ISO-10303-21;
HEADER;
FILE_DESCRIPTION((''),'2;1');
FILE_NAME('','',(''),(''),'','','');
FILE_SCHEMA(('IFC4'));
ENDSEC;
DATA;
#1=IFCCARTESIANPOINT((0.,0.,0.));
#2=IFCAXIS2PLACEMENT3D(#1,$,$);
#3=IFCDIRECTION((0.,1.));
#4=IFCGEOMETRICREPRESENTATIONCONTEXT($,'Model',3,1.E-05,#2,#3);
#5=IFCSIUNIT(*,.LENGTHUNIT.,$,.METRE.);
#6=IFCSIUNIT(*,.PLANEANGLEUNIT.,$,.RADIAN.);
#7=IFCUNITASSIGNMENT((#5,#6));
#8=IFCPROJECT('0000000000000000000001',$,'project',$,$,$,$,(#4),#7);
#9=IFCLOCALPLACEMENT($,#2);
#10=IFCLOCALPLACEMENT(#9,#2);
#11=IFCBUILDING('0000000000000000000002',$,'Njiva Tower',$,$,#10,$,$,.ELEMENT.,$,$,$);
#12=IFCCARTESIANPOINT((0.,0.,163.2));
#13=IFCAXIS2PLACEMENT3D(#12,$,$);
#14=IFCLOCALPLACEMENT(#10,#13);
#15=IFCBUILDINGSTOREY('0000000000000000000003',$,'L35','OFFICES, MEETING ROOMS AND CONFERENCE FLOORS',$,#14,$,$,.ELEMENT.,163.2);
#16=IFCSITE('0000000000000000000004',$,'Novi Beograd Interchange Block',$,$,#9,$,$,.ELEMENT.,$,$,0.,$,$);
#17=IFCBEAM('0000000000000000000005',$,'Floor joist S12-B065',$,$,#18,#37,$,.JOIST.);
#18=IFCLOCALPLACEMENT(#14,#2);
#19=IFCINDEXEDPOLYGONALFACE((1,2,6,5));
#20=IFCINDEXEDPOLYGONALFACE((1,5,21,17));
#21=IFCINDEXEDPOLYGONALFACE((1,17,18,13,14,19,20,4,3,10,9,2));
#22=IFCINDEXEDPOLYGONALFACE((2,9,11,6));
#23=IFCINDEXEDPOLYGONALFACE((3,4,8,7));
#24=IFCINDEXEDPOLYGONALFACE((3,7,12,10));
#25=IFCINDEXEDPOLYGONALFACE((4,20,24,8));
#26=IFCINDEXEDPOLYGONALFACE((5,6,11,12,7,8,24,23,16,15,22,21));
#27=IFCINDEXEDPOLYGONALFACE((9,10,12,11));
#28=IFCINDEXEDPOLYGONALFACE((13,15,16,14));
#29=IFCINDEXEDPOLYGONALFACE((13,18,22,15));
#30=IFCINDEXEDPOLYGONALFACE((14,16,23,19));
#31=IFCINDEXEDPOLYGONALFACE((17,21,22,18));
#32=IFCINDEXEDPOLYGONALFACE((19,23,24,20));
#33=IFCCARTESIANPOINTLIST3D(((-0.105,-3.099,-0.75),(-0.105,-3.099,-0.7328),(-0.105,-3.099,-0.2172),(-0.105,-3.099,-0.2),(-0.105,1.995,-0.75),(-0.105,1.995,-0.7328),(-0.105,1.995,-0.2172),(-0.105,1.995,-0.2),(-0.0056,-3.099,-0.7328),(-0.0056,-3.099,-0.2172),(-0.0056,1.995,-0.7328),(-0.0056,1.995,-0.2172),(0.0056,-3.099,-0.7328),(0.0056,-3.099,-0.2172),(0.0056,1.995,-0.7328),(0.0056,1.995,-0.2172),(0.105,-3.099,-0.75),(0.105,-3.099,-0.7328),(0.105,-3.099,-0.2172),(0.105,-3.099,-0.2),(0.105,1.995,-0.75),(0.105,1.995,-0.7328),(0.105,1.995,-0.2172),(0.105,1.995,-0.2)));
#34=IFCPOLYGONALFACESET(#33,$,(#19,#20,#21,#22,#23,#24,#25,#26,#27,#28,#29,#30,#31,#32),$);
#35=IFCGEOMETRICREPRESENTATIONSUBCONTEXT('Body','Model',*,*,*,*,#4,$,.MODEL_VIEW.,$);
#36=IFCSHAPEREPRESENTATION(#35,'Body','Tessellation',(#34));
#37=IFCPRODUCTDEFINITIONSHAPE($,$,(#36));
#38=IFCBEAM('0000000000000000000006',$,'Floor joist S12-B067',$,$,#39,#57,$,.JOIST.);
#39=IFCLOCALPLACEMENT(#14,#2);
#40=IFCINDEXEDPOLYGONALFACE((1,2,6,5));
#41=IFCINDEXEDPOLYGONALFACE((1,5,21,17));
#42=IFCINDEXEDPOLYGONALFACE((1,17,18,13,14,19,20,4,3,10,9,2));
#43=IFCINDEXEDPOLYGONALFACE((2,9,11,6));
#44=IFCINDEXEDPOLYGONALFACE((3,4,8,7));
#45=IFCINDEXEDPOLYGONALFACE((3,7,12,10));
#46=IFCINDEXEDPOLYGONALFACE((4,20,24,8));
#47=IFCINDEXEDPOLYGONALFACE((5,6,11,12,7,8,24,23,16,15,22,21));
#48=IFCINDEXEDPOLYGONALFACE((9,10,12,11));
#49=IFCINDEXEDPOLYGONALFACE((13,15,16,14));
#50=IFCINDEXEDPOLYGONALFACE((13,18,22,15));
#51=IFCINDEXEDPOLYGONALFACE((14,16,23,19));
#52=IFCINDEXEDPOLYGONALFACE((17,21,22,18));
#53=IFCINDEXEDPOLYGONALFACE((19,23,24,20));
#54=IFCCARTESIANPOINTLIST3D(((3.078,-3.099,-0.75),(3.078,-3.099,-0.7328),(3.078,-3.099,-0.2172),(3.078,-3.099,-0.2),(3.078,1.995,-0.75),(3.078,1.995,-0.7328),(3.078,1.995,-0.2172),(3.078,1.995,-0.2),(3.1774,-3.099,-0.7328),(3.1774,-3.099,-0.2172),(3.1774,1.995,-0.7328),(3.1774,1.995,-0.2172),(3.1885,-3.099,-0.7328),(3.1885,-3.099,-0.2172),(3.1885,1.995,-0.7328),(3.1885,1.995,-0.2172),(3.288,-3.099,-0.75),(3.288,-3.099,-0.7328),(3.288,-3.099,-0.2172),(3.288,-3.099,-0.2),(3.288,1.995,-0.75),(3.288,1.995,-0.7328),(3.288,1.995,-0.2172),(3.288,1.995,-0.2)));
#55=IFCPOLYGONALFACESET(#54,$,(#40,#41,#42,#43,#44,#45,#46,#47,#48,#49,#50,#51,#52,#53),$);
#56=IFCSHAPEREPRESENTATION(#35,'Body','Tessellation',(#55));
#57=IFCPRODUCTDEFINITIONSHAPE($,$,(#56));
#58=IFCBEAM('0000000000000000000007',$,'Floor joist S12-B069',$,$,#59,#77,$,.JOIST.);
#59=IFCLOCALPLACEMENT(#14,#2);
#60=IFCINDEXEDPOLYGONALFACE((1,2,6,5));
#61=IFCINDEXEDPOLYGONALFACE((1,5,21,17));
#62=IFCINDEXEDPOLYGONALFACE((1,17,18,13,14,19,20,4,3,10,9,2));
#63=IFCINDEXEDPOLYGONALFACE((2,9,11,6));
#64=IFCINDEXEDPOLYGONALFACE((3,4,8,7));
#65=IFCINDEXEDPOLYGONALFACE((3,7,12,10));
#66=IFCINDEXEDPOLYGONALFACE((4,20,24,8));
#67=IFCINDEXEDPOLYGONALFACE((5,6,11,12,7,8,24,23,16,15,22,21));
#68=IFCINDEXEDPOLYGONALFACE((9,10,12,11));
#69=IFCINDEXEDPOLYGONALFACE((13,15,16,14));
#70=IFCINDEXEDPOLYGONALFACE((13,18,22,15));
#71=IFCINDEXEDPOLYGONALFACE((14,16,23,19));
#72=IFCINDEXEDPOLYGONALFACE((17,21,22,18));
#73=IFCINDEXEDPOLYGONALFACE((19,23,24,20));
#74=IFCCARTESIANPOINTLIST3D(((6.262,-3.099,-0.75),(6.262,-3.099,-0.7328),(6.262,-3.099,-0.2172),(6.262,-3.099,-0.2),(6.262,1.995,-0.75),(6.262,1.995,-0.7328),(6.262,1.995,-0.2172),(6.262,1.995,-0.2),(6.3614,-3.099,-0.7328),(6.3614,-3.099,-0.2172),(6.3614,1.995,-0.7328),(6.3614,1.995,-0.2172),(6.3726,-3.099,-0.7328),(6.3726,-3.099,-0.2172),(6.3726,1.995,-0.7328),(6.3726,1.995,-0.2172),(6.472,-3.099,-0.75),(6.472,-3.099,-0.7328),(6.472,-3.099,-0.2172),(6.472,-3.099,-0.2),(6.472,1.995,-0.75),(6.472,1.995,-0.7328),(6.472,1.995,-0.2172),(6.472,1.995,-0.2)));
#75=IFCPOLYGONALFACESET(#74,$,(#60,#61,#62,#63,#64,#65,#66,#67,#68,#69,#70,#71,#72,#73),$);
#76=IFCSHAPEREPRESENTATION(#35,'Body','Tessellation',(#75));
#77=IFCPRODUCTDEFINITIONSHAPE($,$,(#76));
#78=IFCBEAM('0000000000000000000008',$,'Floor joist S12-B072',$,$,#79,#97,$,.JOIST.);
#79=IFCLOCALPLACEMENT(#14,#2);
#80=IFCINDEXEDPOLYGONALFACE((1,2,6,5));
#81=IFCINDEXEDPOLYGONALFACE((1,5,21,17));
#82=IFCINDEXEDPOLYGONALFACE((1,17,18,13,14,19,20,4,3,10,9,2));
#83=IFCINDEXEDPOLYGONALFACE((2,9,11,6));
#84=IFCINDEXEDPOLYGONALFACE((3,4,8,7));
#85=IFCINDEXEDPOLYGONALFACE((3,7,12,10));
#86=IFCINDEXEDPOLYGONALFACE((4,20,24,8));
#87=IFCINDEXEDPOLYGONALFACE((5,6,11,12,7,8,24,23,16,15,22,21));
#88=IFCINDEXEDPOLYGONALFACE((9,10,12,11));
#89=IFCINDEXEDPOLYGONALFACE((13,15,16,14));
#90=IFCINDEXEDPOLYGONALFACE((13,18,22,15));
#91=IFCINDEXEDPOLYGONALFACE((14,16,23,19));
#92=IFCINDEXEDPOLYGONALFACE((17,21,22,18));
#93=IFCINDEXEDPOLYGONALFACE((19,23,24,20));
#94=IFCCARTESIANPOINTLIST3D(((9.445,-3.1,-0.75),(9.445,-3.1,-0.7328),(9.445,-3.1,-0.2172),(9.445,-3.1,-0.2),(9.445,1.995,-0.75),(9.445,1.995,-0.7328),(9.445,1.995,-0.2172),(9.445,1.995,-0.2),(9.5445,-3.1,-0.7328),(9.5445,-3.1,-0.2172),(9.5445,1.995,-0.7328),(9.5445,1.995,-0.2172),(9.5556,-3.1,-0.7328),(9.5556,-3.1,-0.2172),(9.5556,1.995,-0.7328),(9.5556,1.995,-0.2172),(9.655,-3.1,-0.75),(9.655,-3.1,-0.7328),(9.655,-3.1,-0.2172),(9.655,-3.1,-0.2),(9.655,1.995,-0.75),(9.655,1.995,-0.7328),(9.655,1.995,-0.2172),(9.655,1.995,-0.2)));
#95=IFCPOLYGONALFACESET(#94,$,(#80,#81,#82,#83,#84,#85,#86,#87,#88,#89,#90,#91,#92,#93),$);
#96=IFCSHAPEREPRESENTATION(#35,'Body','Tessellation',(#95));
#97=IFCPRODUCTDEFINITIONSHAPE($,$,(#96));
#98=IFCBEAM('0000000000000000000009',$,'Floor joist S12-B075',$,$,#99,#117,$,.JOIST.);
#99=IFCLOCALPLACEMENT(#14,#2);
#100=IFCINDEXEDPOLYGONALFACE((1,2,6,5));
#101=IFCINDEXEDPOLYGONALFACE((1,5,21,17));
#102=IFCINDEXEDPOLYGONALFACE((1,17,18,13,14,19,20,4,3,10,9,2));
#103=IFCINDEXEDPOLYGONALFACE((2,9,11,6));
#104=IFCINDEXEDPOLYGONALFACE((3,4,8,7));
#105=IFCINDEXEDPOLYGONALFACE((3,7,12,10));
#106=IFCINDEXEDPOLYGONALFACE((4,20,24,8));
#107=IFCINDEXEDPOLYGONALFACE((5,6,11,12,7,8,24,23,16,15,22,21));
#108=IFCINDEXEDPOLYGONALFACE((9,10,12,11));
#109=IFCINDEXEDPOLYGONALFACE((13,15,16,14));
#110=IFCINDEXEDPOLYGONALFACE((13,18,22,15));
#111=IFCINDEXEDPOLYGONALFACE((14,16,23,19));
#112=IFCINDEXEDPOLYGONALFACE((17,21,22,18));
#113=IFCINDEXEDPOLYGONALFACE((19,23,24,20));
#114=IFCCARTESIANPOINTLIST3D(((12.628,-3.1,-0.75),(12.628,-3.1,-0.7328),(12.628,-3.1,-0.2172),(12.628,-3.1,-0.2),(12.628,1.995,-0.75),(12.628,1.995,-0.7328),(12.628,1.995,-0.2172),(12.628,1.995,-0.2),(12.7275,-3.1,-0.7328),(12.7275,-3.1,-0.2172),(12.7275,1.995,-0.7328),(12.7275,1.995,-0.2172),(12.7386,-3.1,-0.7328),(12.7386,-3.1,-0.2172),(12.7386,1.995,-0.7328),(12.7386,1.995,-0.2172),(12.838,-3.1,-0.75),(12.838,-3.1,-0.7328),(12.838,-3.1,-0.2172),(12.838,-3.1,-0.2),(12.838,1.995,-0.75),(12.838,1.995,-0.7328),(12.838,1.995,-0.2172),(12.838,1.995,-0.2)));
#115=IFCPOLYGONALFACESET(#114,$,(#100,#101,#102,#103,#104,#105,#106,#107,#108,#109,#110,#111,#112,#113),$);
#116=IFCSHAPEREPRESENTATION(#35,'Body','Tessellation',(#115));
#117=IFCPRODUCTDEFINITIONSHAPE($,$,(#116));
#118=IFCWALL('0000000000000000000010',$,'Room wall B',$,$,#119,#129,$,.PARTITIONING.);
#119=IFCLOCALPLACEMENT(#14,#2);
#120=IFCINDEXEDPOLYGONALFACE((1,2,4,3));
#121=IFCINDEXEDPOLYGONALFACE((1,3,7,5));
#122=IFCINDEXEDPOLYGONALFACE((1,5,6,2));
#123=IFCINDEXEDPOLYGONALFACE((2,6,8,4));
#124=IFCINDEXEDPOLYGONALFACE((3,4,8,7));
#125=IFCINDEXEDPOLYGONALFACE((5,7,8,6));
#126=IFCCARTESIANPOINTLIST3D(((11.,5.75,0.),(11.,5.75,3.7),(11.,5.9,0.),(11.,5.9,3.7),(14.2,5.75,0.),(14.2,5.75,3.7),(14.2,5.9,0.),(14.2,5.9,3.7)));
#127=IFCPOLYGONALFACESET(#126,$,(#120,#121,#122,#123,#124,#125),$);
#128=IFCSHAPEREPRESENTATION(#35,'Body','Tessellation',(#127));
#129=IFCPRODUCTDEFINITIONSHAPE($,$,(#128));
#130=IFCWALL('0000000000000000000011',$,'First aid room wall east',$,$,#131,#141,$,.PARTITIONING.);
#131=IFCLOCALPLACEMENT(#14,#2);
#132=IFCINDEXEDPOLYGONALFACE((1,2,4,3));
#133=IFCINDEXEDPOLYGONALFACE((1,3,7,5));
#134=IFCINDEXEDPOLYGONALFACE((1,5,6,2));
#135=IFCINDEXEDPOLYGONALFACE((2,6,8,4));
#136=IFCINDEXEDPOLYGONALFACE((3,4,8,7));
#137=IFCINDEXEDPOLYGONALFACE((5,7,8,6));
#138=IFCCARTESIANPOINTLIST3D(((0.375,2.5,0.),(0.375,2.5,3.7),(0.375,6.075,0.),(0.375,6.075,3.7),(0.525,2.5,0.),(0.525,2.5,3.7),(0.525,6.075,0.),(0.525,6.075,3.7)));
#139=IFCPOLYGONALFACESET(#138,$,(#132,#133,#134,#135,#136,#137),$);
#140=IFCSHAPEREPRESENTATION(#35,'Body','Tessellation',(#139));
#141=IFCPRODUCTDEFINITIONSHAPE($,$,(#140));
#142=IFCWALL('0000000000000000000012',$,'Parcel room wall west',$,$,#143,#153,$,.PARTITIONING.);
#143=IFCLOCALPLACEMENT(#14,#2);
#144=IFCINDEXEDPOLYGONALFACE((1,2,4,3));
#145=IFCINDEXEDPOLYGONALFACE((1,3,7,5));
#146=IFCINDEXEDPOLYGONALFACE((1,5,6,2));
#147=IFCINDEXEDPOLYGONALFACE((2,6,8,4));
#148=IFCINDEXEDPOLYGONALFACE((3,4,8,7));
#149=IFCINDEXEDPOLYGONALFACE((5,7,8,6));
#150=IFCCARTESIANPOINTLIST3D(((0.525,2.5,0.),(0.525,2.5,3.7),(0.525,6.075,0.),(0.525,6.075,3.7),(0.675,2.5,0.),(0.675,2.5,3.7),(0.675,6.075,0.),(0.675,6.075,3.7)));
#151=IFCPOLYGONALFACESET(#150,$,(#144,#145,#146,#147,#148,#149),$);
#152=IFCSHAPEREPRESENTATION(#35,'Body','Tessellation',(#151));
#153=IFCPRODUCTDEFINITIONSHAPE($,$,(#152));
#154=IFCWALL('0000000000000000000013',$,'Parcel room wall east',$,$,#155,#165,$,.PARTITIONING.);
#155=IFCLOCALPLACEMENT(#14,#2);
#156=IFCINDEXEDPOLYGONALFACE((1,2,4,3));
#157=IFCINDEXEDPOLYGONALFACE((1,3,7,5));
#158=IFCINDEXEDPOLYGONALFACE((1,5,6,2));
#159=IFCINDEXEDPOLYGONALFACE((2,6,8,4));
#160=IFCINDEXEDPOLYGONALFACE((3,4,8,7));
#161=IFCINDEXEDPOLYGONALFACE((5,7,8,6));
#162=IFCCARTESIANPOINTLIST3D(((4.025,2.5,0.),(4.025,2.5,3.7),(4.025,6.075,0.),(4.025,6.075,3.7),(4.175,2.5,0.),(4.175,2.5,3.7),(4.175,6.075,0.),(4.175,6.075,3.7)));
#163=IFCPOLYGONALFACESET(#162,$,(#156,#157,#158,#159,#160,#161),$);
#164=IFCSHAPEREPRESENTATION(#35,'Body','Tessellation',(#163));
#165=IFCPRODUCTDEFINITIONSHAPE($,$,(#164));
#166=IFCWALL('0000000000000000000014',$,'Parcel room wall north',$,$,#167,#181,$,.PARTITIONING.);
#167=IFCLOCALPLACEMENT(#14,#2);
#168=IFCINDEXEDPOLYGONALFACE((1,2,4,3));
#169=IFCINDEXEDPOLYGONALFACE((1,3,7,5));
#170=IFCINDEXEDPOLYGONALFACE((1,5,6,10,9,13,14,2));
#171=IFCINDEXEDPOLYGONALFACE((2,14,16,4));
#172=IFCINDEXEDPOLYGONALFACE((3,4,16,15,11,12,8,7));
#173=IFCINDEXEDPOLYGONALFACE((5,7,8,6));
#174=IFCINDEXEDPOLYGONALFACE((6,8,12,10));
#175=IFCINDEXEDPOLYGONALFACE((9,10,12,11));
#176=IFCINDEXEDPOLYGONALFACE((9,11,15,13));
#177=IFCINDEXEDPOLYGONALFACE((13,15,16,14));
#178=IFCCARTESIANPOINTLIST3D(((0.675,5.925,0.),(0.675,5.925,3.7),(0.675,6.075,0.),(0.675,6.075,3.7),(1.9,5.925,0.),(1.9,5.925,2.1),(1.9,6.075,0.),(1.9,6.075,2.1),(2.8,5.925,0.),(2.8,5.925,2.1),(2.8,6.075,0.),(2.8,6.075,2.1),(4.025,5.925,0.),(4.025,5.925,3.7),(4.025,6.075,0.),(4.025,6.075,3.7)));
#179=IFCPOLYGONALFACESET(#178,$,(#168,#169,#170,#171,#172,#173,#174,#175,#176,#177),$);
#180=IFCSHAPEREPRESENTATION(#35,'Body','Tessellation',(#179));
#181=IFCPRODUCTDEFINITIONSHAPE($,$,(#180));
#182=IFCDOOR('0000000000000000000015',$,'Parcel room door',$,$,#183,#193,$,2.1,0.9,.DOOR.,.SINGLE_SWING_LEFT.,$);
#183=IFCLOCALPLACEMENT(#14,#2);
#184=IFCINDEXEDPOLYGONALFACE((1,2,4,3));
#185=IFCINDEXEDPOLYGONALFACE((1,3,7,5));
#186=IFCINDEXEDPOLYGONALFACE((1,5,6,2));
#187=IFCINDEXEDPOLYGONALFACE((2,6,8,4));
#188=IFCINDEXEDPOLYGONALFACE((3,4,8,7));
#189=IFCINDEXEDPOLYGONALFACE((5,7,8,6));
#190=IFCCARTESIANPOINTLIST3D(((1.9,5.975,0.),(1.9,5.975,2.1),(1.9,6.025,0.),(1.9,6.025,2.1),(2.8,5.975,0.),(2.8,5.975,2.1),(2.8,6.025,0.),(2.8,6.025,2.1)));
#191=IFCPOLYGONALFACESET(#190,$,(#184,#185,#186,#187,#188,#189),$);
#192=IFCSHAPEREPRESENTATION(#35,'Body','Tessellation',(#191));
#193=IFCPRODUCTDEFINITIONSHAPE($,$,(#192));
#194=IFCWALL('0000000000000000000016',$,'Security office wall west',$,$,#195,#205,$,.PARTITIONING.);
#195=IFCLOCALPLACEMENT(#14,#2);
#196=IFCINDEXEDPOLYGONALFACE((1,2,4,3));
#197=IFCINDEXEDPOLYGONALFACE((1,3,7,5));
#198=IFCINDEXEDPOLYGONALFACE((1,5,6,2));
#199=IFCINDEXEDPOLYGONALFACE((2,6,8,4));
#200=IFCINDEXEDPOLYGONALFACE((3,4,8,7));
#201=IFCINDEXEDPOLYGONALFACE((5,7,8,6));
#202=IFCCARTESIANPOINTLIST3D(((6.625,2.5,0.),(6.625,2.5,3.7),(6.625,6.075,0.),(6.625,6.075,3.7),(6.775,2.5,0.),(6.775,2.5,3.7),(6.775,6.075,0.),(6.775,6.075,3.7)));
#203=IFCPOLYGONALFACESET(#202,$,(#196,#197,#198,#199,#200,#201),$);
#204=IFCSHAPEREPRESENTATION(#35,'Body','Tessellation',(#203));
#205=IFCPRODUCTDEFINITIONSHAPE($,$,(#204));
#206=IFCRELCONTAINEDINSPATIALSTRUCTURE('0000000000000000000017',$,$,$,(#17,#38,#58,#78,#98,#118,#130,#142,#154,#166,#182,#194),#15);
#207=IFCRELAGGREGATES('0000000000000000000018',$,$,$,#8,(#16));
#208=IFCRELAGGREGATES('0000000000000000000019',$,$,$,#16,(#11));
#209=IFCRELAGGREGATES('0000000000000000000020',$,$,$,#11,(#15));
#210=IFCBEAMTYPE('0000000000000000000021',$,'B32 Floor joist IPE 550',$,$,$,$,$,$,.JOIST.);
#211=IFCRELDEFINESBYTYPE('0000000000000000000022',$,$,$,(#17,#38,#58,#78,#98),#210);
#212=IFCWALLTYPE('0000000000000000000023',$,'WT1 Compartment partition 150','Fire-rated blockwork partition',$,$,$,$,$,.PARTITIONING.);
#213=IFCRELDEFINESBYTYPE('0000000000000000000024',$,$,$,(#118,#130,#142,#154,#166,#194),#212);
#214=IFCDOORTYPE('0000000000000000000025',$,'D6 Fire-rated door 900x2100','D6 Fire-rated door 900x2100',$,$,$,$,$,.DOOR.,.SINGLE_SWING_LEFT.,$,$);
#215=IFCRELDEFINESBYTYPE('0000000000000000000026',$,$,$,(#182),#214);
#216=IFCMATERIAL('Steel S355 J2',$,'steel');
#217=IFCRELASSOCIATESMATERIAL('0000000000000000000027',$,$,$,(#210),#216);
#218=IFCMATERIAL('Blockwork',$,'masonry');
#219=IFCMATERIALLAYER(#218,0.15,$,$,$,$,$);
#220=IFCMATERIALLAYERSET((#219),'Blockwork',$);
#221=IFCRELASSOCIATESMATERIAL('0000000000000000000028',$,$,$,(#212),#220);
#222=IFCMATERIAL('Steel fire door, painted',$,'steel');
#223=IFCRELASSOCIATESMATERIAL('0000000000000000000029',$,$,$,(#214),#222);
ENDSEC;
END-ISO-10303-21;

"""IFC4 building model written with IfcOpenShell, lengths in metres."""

from ifc_helpers import new_model, si_unit, direction, frame, frame_2d, origin, origin_2d, place, context, subcontext, project, spatial, rectangle, i_section, extrude, material, layer, layer_set, material_profile, profile_set, type_object, element, fill, save


model = new_model("IFC4")

# Units and contexts
model_context = context("Model", 3, precision=1e-05, world=origin(), true_north=direction((0.0, 1.0)))
body_context = subcontext(model_context, "Body", "Model", "MODEL_VIEW")
ifc_project = project(units=[si_unit("LENGTHUNIT", "METRE"), si_unit("PLANEANGLEUNIT", "RADIAN")], contexts=[model_context])

# Site, building, storey
site_placement = place(None, origin())
site = spatial("IfcSite", under=ifc_project, at=site_placement, Name="Novi Beograd Interchange Block", CompositionType="ELEMENT", RefElevation=0.0)
building_placement = place(site_placement, origin())
building = spatial("IfcBuilding", under=site, at=building_placement, Name="Njiva Tower", CompositionType="ELEMENT")
storey_placement = place(building_placement, frame((0.0, 0.0, 163.2)))
storey = spatial("IfcBuildingStorey", under=building, at=storey_placement, Name="L35", Description="OFFICES, MEETING ROOMS AND CONFERENCE FLOORS", CompositionType="ELEMENT", Elevation=163.2)

# Beams
ifc_material_1 = material(Name="Steel S355 J2", Category="steel")
ifc_material_profile = material_profile(ifc_material_1, i_section(OverallWidth=0.21, OverallDepth=0.55, WebThickness=0.0111, FlangeThickness=0.0172, at=origin_2d()), Name="IPE 550")
ifc_profile_set = profile_set([ifc_material_profile], Name="Steel S355 J2")
beam_type = type_object("IfcBeamType", Name="B32 Floor joist IPE 550", PredefinedType="JOIST", material=ifc_profile_set)
for number, where, z_axis, x_axis, name in (
    (1, (0.0, 1.995, -0.475), (0.0, -1.0, 0.0), (1.0, 0.0, 0.0), "Floor joist S12-B065"),
    (2, (3.183, 1.995, -0.475), (0.0, -1.0, 0.0), (1.0, 0.0, 0.0), "Floor joist S12-B067"),
    (3, (6.367, 1.995, -0.475), (0.0, -1.0, 0.0), (1.0, 0.0, 0.0), "Floor joist S12-B069"),
):
    element("IfcBeam", number, at=place(storey_placement, frame(where, z_axis=z_axis, x_axis=x_axis)), inside=storey, type_object=beam_type, Name=name, PredefinedType="JOIST", context=body_context, shape_type="SweptSolid", body=[
        extrude(i_section(OverallWidth=0.21, OverallDepth=0.55, WebThickness=0.0111, FlangeThickness=0.0172, at=origin_2d()), origin(), (0.0, 0.0, 1.0), 5.094),
    ])
for number, where, z_axis, x_axis, name in (
    (4, (9.55, 1.995, -0.475), (0.0, -1.0, 0.0), (1.0, 0.0, 0.0), "Floor joist S12-B072"),
    (5, (12.733, 1.995, -0.475), (0.0, -1.0, 0.0), (1.0, 0.0, 0.0), "Floor joist S12-B075"),
):
    element("IfcBeam", number, at=place(storey_placement, frame(where, z_axis=z_axis, x_axis=x_axis)), inside=storey, type_object=beam_type, Name=name, PredefinedType="JOIST", context=body_context, shape_type="SweptSolid", body=[
        extrude(i_section(OverallWidth=0.21, OverallDepth=0.55, WebThickness=0.0111, FlangeThickness=0.0172, at=origin_2d()), origin(), (0.0, 0.0, 1.0), 5.095),
    ])

# Walls
ifc_material_2 = material(Name="Blockwork", Category="masonry")
ifc_layer_1 = layer(ifc_material_2, 0.15)
ifc_layer_set_1 = layer_set([ifc_layer_1], Name="Blockwork")
wall_type_1 = type_object("IfcWallType", Name="WT1 Compartment partition 150", Description="Fire-rated blockwork partition", PredefinedType="PARTITIONING", material=ifc_layer_set_1)
wall_1_placement = place(storey_placement, frame((11.0, 5.825, 0.0), z_axis=(0.0, 0.0, 1.0), x_axis=(1.0, 0.0, 0.0)))
element("IfcWall", 6, at=wall_1_placement, inside=storey, type_object=wall_type_1, Name="Room wall B", PredefinedType="PARTITIONING", context=body_context, shape_type="SweptSolid", body=[
    extrude(rectangle(XDim=3.2, YDim=0.15, at=frame_2d((1.6, 0.0))), origin(), (0.0, 0.0, 1.0), 3.7),
])
for number, where, z_axis, x_axis, name in (
    (7, (0.45, 2.5, 0.0), (0.0, 0.0, 1.0), (0.0, 1.0, 0.0), "First aid room wall east"),
    (8, (0.6, 2.5, 0.0), (0.0, 0.0, 1.0), (0.0, 1.0, 0.0), "Parcel room wall west"),
    (9, (4.1, 2.5, 0.0), (0.0, 0.0, 1.0), (0.0, 1.0, 0.0), "Parcel room wall east"),
):
    element("IfcWall", number, at=place(storey_placement, frame(where, z_axis=z_axis, x_axis=x_axis)), inside=storey, type_object=wall_type_1, Name=name, PredefinedType="PARTITIONING", context=body_context, shape_type="SweptSolid", body=[
        extrude(rectangle(XDim=3.575, YDim=0.15, at=frame_2d((1.7875, 0.0))), origin(), (0.0, 0.0, 1.0), 3.7),
    ])

# Wall, opening, door
wall_2_placement = place(storey_placement, frame((0.675, 6.0, 0.0), z_axis=(0.0, 0.0, 1.0), x_axis=(1.0, 0.0, 0.0)))
wall_2 = element("IfcWall", 10, at=wall_2_placement, inside=storey, type_object=wall_type_1, Name="Parcel room wall north", PredefinedType="PARTITIONING", context=body_context, shape_type="SweptSolid", body=[
    extrude(rectangle(XDim=3.35, YDim=0.15, at=frame_2d((1.675, 0.0))), origin(), (0.0, 0.0, 1.0), 3.7),
])
opening_1_placement = place(wall_2_placement, frame((1.225, 0.0, 0.0)))
opening_1 = element("IfcOpeningElement", 11, at=opening_1_placement, cuts=wall_2, PredefinedType="OPENING", context=body_context, shape_type="SweptSolid", body=[
    extrude(rectangle(XDim=0.9, YDim=2.1, at=frame_2d((0.45, 1.05))), frame((0.0, 0.085, 0.0), z_axis=(0.0, -1.0, 0.0), x_axis=(1.0, 0.0, 0.0)), (0.0, 0.0, 1.0), 0.17),
])
ifc_material_3 = material(Name="Steel fire door, painted", Category="steel")
door_type_1 = type_object("IfcDoorType", Name="D6 Fire-rated door 900x2100", Description="D6 Fire-rated door 900x2100", OperationType="SINGLE_SWING_LEFT", PredefinedType="DOOR", material=ifc_material_3)
door_1_placement = place(opening_1_placement, origin())
door_1 = element("IfcDoor", 12, at=door_1_placement, inside=storey, type_object=door_type_1, Name="Parcel room door", OperationType="SINGLE_SWING_LEFT", OverallHeight=2.1, OverallWidth=0.9, PredefinedType="DOOR", context=body_context, shape_type="SweptSolid", body=[
    extrude(rectangle(XDim=0.9, YDim=2.1, at=frame_2d((0.45, 1.05))), frame((0.0, 0.025, 0.0), z_axis=(0.0, -1.0, 0.0), x_axis=(1.0, 0.0, 0.0)), (0.0, 0.0, 1.0), 0.05),
])
fill(opening_1, door_1)

# Wall
for number, where, z_axis, x_axis, name in (
    (13, (6.7, 2.5, 0.0), (0.0, 0.0, 1.0), (0.0, 1.0, 0.0), "Security office wall west"),
):
    element("IfcWall", number, at=place(storey_placement, frame(where, z_axis=z_axis, x_axis=x_axis)), inside=storey, type_object=wall_type_1, Name=name, PredefinedType="PARTITIONING", context=body_context, shape_type="SweptSolid", body=[
        extrude(rectangle(XDim=3.575, YDim=0.15, at=frame_2d((1.7875, 0.0))), origin(), (0.0, 0.0, 1.0), 3.7),
    ])

save(model, "model.ifc")
